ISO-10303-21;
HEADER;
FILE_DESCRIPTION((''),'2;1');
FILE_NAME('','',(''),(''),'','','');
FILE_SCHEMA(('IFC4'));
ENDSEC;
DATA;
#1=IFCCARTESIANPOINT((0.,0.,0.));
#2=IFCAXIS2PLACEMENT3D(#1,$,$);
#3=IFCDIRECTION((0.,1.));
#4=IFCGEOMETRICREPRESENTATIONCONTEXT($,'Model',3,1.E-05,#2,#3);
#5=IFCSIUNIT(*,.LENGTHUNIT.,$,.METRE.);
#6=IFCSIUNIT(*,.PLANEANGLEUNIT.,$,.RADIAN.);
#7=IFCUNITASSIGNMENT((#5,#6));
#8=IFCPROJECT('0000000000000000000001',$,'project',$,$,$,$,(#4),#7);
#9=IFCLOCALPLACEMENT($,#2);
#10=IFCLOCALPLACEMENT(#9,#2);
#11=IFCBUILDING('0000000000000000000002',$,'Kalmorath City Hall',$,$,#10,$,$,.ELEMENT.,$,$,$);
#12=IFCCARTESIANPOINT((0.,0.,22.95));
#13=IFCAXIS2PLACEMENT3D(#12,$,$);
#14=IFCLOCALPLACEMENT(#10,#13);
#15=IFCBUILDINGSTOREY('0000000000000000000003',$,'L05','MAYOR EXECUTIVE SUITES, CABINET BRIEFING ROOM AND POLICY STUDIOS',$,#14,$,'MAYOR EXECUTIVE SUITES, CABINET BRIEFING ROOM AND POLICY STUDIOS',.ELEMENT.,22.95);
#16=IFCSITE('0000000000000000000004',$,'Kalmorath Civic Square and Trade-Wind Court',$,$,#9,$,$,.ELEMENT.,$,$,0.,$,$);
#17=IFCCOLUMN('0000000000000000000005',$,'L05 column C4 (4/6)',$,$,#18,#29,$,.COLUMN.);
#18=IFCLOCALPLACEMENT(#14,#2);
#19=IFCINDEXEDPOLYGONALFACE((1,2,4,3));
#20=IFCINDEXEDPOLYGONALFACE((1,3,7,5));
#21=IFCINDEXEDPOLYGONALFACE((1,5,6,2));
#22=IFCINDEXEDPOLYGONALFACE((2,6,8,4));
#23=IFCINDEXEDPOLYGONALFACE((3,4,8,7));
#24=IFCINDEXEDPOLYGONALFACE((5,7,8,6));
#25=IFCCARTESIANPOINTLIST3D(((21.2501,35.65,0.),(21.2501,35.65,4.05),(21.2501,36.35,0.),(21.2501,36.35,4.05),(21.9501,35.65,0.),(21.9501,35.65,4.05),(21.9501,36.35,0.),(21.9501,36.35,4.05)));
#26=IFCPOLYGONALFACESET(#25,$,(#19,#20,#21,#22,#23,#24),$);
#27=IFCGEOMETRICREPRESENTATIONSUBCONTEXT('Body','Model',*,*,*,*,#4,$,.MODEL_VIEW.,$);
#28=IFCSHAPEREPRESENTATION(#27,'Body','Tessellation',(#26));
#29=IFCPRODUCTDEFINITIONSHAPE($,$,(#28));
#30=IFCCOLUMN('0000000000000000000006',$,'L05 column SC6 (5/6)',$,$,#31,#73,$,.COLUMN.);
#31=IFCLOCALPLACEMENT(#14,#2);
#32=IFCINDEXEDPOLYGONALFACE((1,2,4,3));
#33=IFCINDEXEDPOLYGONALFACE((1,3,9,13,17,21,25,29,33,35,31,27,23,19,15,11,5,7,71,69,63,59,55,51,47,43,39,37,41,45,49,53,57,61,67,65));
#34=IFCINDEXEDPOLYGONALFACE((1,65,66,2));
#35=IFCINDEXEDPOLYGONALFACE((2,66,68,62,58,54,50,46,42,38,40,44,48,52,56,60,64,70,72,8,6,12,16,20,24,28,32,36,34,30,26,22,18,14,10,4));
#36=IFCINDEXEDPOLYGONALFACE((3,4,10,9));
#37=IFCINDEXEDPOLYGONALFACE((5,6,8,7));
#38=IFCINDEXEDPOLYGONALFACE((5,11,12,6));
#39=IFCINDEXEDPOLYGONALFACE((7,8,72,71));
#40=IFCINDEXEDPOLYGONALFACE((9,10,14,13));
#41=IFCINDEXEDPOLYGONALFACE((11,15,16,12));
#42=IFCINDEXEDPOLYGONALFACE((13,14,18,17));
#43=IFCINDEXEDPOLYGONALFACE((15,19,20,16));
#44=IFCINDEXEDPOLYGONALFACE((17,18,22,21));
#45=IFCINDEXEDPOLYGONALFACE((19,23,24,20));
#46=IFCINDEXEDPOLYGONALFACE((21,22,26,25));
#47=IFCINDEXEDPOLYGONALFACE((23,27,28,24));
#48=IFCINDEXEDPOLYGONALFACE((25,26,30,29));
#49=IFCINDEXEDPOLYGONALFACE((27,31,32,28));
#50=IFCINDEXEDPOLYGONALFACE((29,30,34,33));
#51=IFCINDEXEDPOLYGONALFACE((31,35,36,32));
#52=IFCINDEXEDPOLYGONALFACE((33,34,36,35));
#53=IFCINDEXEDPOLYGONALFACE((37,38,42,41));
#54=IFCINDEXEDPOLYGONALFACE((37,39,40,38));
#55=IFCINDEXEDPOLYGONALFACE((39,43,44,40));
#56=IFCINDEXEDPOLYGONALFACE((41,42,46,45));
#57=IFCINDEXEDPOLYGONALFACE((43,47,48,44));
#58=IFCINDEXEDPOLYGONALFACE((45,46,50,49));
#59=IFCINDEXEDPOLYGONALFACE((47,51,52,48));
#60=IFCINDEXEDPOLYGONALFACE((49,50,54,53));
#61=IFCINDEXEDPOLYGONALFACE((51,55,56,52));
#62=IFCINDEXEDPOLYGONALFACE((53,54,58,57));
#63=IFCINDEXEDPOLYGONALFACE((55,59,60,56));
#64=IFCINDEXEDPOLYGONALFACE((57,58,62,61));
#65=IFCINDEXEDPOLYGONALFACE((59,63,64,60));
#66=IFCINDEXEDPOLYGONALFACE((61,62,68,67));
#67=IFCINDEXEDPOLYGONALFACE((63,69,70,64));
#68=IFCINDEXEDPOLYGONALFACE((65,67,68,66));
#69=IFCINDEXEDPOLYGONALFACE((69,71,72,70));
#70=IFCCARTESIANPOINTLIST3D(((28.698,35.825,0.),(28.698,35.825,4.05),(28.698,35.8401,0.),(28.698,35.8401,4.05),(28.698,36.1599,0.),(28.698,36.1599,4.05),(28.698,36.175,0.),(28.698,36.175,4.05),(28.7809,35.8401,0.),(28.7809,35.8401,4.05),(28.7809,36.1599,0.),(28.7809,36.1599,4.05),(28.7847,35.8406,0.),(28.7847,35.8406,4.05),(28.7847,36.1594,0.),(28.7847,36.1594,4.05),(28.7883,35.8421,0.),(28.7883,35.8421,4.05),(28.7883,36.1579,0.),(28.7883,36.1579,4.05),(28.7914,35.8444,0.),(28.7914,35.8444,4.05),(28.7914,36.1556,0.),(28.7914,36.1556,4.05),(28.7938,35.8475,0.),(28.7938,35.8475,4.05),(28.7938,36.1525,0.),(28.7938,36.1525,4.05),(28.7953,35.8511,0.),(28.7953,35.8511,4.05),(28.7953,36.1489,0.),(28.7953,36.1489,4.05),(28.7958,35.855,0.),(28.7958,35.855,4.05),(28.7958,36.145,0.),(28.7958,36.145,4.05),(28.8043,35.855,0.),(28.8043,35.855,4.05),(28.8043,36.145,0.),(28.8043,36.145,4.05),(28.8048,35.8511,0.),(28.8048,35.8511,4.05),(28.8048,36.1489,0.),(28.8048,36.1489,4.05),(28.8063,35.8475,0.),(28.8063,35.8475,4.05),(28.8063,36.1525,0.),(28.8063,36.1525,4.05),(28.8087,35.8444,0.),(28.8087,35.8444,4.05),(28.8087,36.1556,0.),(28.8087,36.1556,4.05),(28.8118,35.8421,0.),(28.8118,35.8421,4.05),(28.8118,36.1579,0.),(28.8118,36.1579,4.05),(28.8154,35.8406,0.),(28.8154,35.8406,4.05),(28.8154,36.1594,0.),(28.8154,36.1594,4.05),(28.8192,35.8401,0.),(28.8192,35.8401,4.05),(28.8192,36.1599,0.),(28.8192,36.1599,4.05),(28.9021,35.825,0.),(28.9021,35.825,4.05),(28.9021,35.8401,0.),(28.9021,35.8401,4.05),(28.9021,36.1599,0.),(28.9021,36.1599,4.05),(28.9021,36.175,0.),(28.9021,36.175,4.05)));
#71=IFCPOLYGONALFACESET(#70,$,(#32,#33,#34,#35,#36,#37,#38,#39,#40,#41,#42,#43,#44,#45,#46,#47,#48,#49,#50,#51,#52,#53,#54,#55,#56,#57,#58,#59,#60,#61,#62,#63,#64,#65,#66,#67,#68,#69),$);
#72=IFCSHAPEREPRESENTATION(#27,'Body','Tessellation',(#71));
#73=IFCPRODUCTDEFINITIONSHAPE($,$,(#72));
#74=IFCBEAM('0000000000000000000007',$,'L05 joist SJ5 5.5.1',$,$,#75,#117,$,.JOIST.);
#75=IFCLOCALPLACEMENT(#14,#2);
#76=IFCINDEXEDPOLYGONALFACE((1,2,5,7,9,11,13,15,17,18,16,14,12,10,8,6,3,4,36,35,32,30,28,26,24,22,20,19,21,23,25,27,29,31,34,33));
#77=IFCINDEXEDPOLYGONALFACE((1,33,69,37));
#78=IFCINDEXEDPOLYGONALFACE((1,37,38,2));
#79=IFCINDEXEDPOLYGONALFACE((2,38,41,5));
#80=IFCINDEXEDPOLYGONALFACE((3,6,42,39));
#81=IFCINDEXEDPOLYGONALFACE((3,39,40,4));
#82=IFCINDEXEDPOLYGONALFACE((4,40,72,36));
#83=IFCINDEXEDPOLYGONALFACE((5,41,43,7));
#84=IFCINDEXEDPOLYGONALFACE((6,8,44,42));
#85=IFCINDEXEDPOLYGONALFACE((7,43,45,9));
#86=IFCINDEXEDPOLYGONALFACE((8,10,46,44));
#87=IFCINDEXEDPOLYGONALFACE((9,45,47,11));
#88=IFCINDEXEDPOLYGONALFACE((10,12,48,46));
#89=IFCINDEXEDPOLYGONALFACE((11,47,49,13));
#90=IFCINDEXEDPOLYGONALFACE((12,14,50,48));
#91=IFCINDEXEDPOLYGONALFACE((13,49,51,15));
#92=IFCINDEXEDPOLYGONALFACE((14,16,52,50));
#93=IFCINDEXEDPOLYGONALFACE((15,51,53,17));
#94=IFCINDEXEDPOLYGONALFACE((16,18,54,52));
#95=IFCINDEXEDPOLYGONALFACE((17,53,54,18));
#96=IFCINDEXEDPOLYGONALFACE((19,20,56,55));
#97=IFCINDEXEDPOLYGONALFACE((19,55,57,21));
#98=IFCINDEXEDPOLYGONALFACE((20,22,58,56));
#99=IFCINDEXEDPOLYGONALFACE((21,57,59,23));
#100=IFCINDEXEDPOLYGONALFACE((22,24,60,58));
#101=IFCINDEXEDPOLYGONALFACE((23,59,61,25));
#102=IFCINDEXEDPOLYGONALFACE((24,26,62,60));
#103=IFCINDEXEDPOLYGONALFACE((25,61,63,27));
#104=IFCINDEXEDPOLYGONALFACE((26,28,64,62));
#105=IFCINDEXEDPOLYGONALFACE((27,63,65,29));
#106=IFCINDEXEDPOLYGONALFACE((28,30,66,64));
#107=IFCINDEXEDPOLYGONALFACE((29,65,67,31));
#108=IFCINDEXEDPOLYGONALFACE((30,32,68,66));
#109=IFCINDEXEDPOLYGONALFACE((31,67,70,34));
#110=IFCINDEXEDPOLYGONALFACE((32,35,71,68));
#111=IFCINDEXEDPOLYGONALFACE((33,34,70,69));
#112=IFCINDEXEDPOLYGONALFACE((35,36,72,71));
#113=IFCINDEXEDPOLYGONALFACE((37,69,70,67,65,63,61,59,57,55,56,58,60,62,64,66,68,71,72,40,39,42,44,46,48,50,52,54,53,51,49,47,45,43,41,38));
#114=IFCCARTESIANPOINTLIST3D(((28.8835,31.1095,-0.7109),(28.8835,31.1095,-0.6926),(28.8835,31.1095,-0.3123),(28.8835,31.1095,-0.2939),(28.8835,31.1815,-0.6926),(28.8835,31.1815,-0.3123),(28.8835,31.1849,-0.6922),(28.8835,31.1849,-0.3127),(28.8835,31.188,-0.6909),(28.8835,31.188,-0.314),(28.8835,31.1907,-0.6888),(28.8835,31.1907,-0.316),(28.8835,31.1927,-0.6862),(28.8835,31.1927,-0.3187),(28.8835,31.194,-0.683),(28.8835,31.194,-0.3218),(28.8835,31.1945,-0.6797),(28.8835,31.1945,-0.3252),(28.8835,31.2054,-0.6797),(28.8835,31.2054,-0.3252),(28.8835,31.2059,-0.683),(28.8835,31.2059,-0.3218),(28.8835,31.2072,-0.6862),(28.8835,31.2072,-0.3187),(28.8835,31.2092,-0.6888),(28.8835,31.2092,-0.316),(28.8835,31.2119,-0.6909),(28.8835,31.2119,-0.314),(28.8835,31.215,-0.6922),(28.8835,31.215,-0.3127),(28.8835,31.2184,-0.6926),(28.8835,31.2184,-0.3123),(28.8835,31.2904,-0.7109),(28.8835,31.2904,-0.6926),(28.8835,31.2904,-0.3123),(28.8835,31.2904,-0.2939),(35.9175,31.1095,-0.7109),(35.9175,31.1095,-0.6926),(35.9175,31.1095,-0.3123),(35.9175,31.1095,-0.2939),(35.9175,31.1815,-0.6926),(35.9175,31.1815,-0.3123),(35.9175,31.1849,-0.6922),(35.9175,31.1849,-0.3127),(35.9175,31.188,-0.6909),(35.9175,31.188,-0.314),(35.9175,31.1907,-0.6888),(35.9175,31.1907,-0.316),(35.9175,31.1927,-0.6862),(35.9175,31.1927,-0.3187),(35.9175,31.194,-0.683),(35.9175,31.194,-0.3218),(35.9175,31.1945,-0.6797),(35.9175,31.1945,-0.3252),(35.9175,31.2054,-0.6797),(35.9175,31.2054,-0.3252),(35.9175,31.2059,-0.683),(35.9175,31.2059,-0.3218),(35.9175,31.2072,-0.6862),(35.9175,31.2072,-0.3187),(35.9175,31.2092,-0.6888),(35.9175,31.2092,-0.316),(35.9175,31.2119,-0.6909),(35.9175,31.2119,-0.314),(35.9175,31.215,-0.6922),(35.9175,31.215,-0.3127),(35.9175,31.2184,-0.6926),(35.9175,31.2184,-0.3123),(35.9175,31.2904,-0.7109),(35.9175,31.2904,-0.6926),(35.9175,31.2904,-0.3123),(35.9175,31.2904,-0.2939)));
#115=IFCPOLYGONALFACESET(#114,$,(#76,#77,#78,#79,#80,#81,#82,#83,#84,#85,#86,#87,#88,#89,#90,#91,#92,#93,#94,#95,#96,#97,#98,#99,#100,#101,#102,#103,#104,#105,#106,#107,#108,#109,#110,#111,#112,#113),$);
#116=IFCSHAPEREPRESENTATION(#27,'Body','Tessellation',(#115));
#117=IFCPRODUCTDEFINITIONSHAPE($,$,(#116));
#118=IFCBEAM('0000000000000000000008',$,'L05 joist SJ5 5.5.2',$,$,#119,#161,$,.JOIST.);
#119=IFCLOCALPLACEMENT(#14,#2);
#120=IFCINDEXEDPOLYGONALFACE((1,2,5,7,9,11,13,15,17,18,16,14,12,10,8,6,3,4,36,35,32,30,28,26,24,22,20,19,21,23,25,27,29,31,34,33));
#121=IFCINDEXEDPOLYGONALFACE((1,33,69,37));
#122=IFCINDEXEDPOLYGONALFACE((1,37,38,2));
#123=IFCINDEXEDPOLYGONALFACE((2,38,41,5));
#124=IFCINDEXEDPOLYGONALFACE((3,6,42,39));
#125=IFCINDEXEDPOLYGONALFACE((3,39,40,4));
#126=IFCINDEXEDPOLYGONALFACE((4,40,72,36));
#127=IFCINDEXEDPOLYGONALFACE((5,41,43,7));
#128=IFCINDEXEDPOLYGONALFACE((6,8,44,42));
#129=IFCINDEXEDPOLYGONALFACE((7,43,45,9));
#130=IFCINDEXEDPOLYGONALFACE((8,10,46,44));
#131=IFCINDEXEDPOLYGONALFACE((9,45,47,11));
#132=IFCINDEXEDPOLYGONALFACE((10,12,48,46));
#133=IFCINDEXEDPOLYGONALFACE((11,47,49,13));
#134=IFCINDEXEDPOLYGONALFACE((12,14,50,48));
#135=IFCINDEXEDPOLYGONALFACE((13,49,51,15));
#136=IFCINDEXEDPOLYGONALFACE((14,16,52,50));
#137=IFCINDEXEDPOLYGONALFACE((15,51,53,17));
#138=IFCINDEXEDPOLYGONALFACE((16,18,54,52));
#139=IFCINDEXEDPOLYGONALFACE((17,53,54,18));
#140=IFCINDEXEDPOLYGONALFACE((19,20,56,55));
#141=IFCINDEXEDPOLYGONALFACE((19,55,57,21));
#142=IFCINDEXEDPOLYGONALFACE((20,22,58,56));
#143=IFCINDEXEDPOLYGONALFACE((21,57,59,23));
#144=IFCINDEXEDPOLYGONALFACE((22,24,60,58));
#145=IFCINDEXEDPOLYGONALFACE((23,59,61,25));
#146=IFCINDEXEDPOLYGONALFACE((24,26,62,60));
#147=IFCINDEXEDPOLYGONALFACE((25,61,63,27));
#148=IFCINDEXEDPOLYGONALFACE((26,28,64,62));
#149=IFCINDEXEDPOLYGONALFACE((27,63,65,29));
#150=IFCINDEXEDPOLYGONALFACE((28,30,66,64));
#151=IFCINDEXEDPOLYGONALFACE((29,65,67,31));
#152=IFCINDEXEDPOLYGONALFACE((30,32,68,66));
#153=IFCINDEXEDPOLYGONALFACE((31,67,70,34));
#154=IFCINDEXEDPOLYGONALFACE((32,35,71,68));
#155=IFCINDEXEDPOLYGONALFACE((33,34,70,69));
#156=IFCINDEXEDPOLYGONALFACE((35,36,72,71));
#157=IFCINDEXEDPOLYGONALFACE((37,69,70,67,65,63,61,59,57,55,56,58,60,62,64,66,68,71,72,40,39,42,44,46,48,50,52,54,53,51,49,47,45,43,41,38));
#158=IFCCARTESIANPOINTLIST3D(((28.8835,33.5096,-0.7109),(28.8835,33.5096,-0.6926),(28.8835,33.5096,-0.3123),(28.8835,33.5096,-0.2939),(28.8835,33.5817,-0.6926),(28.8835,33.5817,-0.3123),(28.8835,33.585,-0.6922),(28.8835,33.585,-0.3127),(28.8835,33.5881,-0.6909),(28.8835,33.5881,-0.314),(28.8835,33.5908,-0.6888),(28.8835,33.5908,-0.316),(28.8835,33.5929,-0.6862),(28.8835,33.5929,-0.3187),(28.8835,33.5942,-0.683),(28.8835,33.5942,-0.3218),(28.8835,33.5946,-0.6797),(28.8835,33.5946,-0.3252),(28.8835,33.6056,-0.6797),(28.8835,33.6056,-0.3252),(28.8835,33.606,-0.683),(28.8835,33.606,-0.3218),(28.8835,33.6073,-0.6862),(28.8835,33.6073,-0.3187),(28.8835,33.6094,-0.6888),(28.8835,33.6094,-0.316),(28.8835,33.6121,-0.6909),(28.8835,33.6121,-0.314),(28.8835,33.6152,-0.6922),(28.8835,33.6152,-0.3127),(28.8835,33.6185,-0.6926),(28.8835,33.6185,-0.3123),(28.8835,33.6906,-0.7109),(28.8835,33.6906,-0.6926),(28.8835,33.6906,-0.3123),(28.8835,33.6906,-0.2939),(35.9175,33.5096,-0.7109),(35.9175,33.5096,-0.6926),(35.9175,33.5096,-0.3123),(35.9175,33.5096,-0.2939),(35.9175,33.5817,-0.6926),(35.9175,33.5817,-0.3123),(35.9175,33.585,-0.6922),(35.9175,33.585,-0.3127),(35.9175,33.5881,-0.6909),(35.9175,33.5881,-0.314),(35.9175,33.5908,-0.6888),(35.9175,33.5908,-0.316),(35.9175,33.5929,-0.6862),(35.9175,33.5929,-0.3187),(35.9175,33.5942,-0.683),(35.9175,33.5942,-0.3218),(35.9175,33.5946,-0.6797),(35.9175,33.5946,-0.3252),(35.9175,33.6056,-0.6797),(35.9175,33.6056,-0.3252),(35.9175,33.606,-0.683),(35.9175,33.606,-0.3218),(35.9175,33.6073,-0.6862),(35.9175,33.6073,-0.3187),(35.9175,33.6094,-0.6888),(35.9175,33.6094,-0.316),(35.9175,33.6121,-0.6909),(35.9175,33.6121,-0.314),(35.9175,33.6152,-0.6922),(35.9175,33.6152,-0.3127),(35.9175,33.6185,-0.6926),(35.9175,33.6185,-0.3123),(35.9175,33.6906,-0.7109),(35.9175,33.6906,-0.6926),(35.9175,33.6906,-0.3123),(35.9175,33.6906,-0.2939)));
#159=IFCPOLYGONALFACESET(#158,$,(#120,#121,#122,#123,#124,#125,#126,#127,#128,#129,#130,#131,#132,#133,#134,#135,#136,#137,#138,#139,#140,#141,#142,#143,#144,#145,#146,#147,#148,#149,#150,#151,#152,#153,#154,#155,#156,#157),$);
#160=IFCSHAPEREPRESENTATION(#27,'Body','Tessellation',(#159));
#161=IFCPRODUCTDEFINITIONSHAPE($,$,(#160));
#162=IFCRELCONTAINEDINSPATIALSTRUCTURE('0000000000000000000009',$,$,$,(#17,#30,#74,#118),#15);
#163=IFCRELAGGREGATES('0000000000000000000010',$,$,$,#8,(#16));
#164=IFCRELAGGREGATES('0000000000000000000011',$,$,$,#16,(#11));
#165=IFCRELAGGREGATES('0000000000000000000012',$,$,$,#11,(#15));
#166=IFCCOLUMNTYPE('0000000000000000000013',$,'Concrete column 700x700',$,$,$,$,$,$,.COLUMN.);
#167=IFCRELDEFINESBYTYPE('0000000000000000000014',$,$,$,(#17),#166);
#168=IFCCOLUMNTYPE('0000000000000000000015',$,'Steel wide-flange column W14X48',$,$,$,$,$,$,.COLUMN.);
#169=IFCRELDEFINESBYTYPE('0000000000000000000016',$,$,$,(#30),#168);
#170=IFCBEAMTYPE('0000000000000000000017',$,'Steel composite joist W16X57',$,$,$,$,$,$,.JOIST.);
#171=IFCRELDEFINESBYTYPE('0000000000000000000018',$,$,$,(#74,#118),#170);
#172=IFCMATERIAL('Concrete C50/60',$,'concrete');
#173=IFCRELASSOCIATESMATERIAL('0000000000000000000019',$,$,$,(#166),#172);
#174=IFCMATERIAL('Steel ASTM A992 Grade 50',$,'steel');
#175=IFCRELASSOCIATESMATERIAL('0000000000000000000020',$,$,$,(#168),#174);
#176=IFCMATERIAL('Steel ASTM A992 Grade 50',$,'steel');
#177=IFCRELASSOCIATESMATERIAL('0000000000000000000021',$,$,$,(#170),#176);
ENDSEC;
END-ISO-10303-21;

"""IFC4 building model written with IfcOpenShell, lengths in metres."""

from ifc_helpers import new_model, si_unit, direction, frame, origin, origin_2d, place, context, subcontext, project, spatial, rectangle, i_section, extrude, material, material_profile, profile_set, type_object, element, save


model = new_model("IFC4")

# Units and contexts
model_context = context("Model", 3, precision=1e-05, world=origin(), true_north=direction((0.0, 1.0)))
body_context = subcontext(model_context, "Body", "Model", "MODEL_VIEW")
ifc_project = project(units=[si_unit("LENGTHUNIT", "METRE"), si_unit("PLANEANGLEUNIT", "RADIAN")], contexts=[model_context])

# Site, building, storey
site_placement = place(None, origin())
site = spatial("IfcSite", under=ifc_project, at=site_placement, Name="Kalmorath Civic Square and Trade-Wind Court", CompositionType="ELEMENT", RefElevation=0.0)
building_placement = place(site_placement, origin())
building = spatial("IfcBuilding", under=site, at=building_placement, Name="Kalmorath City Hall", CompositionType="ELEMENT")
storey_placement = place(building_placement, frame((0.0, 0.0, 22.95)))
storey = spatial("IfcBuildingStorey", under=building, at=storey_placement, Name="L05", Description="MAYOR EXECUTIVE SUITES, CABINET BRIEFING ROOM AND POLICY STUDIOS", LongName="MAYOR EXECUTIVE SUITES, CABINET BRIEFING ROOM AND POLICY STUDIOS", CompositionType="ELEMENT", Elevation=22.95)

# Columns
ifc_material_1 = material(Name="Concrete C50/60", Category="concrete")
ifc_material_profile_1 = material_profile(ifc_material_1, rectangle(XDim=0.7, YDim=0.7, at=origin_2d()), Name="RC-COL-700X700")
ifc_profile_set_1 = profile_set([ifc_material_profile_1], Name="Concrete C50/60")
column_type_1 = type_object("IfcColumnType", Name="Concrete column 700x700", PredefinedType="COLUMN", material=ifc_profile_set_1)
column_1_placement = place(storey_placement, frame((21.6001, 36.0, 0.0), z_axis=(0.0, 0.0, 1.0), x_axis=(1.0, 0.0, 0.0)))
element("IfcColumn", 1, at=column_1_placement, inside=storey, type_object=column_type_1, Name="L05 column C4 (4/6)", PredefinedType="COLUMN", context=body_context, shape_type="SweptSolid", body=[
    extrude(rectangle(XDim=0.7, YDim=0.7, at=origin_2d()), origin(), (0.0, 0.0, 1.0), 4.05),
])
ifc_material_2 = material(Name="Steel ASTM A992 Grade 50", Category="steel")
ifc_material_profile_2 = material_profile(ifc_material_2, i_section(OverallWidth=0.2041, OverallDepth=0.3501, WebThickness=0.0085, FlangeThickness=0.0151, FilletRadius=0.0149, at=origin_2d()), Name="W14X48")
ifc_profile_set_2 = profile_set([ifc_material_profile_2], Name="Steel ASTM A992 Grade 50")
column_type_2 = type_object("IfcColumnType", Name="Steel wide-flange column W14X48", PredefinedType="COLUMN", material=ifc_profile_set_2)
column_2_placement = place(storey_placement, frame((28.8, 36.0, 0.0), z_axis=(0.0, 0.0, 1.0), x_axis=(1.0, 0.0, 0.0)))
element("IfcColumn", 2, at=column_2_placement, inside=storey, type_object=column_type_2, Name="L05 column SC6 (5/6)", PredefinedType="COLUMN", context=body_context, shape_type="SweptSolid", body=[
    extrude(i_section(OverallWidth=0.2041, OverallDepth=0.3501, WebThickness=0.0085, FlangeThickness=0.0151, FilletRadius=0.0149, at=origin_2d()), origin(), (0.0, 0.0, 1.0), 4.05),
])

# Beams
ifc_material_3 = material(Name="Steel ASTM A992 Grade 50", Category="steel")
ifc_material_profile_3 = material_profile(ifc_material_3, i_section(OverallWidth=0.1809, OverallDepth=0.417, WebThickness=0.011, FlangeThickness=0.0183, FilletRadius=0.0129, at=origin_2d()), Name="W16X57")
ifc_profile_set_3 = profile_set([ifc_material_profile_3], Name="Steel ASTM A992 Grade 50")
beam_type_1 = type_object("IfcBeamType", Name="Steel composite joist W16X57", PredefinedType="JOIST", material=ifc_profile_set_3)
for number, where, z_axis, x_axis, name in (
    (3, (28.8835, 31.2, -0.5024), (1.0, 0.0, 0.0), (0.0, 1.0, 0.0), "L05 joist SJ5 5.5.1"),
    (4, (28.8835, 33.6001, -0.5024), (1.0, 0.0, 0.0), (0.0, 1.0, 0.0), "L05 joist SJ5 5.5.2"),
):
    element("IfcBeam", number, at=place(storey_placement, frame(where, z_axis=z_axis, x_axis=x_axis)), inside=storey, type_object=beam_type_1, Name=name, PredefinedType="JOIST", context=body_context, shape_type="SweptSolid", body=[
        extrude(i_section(OverallWidth=0.1809, OverallDepth=0.417, WebThickness=0.011, FlangeThickness=0.0183, FilletRadius=0.0129, at=origin_2d()), origin(), (0.0, 0.0, 1.0), 7.0339),
    ])

save(model, "model.ifc")
